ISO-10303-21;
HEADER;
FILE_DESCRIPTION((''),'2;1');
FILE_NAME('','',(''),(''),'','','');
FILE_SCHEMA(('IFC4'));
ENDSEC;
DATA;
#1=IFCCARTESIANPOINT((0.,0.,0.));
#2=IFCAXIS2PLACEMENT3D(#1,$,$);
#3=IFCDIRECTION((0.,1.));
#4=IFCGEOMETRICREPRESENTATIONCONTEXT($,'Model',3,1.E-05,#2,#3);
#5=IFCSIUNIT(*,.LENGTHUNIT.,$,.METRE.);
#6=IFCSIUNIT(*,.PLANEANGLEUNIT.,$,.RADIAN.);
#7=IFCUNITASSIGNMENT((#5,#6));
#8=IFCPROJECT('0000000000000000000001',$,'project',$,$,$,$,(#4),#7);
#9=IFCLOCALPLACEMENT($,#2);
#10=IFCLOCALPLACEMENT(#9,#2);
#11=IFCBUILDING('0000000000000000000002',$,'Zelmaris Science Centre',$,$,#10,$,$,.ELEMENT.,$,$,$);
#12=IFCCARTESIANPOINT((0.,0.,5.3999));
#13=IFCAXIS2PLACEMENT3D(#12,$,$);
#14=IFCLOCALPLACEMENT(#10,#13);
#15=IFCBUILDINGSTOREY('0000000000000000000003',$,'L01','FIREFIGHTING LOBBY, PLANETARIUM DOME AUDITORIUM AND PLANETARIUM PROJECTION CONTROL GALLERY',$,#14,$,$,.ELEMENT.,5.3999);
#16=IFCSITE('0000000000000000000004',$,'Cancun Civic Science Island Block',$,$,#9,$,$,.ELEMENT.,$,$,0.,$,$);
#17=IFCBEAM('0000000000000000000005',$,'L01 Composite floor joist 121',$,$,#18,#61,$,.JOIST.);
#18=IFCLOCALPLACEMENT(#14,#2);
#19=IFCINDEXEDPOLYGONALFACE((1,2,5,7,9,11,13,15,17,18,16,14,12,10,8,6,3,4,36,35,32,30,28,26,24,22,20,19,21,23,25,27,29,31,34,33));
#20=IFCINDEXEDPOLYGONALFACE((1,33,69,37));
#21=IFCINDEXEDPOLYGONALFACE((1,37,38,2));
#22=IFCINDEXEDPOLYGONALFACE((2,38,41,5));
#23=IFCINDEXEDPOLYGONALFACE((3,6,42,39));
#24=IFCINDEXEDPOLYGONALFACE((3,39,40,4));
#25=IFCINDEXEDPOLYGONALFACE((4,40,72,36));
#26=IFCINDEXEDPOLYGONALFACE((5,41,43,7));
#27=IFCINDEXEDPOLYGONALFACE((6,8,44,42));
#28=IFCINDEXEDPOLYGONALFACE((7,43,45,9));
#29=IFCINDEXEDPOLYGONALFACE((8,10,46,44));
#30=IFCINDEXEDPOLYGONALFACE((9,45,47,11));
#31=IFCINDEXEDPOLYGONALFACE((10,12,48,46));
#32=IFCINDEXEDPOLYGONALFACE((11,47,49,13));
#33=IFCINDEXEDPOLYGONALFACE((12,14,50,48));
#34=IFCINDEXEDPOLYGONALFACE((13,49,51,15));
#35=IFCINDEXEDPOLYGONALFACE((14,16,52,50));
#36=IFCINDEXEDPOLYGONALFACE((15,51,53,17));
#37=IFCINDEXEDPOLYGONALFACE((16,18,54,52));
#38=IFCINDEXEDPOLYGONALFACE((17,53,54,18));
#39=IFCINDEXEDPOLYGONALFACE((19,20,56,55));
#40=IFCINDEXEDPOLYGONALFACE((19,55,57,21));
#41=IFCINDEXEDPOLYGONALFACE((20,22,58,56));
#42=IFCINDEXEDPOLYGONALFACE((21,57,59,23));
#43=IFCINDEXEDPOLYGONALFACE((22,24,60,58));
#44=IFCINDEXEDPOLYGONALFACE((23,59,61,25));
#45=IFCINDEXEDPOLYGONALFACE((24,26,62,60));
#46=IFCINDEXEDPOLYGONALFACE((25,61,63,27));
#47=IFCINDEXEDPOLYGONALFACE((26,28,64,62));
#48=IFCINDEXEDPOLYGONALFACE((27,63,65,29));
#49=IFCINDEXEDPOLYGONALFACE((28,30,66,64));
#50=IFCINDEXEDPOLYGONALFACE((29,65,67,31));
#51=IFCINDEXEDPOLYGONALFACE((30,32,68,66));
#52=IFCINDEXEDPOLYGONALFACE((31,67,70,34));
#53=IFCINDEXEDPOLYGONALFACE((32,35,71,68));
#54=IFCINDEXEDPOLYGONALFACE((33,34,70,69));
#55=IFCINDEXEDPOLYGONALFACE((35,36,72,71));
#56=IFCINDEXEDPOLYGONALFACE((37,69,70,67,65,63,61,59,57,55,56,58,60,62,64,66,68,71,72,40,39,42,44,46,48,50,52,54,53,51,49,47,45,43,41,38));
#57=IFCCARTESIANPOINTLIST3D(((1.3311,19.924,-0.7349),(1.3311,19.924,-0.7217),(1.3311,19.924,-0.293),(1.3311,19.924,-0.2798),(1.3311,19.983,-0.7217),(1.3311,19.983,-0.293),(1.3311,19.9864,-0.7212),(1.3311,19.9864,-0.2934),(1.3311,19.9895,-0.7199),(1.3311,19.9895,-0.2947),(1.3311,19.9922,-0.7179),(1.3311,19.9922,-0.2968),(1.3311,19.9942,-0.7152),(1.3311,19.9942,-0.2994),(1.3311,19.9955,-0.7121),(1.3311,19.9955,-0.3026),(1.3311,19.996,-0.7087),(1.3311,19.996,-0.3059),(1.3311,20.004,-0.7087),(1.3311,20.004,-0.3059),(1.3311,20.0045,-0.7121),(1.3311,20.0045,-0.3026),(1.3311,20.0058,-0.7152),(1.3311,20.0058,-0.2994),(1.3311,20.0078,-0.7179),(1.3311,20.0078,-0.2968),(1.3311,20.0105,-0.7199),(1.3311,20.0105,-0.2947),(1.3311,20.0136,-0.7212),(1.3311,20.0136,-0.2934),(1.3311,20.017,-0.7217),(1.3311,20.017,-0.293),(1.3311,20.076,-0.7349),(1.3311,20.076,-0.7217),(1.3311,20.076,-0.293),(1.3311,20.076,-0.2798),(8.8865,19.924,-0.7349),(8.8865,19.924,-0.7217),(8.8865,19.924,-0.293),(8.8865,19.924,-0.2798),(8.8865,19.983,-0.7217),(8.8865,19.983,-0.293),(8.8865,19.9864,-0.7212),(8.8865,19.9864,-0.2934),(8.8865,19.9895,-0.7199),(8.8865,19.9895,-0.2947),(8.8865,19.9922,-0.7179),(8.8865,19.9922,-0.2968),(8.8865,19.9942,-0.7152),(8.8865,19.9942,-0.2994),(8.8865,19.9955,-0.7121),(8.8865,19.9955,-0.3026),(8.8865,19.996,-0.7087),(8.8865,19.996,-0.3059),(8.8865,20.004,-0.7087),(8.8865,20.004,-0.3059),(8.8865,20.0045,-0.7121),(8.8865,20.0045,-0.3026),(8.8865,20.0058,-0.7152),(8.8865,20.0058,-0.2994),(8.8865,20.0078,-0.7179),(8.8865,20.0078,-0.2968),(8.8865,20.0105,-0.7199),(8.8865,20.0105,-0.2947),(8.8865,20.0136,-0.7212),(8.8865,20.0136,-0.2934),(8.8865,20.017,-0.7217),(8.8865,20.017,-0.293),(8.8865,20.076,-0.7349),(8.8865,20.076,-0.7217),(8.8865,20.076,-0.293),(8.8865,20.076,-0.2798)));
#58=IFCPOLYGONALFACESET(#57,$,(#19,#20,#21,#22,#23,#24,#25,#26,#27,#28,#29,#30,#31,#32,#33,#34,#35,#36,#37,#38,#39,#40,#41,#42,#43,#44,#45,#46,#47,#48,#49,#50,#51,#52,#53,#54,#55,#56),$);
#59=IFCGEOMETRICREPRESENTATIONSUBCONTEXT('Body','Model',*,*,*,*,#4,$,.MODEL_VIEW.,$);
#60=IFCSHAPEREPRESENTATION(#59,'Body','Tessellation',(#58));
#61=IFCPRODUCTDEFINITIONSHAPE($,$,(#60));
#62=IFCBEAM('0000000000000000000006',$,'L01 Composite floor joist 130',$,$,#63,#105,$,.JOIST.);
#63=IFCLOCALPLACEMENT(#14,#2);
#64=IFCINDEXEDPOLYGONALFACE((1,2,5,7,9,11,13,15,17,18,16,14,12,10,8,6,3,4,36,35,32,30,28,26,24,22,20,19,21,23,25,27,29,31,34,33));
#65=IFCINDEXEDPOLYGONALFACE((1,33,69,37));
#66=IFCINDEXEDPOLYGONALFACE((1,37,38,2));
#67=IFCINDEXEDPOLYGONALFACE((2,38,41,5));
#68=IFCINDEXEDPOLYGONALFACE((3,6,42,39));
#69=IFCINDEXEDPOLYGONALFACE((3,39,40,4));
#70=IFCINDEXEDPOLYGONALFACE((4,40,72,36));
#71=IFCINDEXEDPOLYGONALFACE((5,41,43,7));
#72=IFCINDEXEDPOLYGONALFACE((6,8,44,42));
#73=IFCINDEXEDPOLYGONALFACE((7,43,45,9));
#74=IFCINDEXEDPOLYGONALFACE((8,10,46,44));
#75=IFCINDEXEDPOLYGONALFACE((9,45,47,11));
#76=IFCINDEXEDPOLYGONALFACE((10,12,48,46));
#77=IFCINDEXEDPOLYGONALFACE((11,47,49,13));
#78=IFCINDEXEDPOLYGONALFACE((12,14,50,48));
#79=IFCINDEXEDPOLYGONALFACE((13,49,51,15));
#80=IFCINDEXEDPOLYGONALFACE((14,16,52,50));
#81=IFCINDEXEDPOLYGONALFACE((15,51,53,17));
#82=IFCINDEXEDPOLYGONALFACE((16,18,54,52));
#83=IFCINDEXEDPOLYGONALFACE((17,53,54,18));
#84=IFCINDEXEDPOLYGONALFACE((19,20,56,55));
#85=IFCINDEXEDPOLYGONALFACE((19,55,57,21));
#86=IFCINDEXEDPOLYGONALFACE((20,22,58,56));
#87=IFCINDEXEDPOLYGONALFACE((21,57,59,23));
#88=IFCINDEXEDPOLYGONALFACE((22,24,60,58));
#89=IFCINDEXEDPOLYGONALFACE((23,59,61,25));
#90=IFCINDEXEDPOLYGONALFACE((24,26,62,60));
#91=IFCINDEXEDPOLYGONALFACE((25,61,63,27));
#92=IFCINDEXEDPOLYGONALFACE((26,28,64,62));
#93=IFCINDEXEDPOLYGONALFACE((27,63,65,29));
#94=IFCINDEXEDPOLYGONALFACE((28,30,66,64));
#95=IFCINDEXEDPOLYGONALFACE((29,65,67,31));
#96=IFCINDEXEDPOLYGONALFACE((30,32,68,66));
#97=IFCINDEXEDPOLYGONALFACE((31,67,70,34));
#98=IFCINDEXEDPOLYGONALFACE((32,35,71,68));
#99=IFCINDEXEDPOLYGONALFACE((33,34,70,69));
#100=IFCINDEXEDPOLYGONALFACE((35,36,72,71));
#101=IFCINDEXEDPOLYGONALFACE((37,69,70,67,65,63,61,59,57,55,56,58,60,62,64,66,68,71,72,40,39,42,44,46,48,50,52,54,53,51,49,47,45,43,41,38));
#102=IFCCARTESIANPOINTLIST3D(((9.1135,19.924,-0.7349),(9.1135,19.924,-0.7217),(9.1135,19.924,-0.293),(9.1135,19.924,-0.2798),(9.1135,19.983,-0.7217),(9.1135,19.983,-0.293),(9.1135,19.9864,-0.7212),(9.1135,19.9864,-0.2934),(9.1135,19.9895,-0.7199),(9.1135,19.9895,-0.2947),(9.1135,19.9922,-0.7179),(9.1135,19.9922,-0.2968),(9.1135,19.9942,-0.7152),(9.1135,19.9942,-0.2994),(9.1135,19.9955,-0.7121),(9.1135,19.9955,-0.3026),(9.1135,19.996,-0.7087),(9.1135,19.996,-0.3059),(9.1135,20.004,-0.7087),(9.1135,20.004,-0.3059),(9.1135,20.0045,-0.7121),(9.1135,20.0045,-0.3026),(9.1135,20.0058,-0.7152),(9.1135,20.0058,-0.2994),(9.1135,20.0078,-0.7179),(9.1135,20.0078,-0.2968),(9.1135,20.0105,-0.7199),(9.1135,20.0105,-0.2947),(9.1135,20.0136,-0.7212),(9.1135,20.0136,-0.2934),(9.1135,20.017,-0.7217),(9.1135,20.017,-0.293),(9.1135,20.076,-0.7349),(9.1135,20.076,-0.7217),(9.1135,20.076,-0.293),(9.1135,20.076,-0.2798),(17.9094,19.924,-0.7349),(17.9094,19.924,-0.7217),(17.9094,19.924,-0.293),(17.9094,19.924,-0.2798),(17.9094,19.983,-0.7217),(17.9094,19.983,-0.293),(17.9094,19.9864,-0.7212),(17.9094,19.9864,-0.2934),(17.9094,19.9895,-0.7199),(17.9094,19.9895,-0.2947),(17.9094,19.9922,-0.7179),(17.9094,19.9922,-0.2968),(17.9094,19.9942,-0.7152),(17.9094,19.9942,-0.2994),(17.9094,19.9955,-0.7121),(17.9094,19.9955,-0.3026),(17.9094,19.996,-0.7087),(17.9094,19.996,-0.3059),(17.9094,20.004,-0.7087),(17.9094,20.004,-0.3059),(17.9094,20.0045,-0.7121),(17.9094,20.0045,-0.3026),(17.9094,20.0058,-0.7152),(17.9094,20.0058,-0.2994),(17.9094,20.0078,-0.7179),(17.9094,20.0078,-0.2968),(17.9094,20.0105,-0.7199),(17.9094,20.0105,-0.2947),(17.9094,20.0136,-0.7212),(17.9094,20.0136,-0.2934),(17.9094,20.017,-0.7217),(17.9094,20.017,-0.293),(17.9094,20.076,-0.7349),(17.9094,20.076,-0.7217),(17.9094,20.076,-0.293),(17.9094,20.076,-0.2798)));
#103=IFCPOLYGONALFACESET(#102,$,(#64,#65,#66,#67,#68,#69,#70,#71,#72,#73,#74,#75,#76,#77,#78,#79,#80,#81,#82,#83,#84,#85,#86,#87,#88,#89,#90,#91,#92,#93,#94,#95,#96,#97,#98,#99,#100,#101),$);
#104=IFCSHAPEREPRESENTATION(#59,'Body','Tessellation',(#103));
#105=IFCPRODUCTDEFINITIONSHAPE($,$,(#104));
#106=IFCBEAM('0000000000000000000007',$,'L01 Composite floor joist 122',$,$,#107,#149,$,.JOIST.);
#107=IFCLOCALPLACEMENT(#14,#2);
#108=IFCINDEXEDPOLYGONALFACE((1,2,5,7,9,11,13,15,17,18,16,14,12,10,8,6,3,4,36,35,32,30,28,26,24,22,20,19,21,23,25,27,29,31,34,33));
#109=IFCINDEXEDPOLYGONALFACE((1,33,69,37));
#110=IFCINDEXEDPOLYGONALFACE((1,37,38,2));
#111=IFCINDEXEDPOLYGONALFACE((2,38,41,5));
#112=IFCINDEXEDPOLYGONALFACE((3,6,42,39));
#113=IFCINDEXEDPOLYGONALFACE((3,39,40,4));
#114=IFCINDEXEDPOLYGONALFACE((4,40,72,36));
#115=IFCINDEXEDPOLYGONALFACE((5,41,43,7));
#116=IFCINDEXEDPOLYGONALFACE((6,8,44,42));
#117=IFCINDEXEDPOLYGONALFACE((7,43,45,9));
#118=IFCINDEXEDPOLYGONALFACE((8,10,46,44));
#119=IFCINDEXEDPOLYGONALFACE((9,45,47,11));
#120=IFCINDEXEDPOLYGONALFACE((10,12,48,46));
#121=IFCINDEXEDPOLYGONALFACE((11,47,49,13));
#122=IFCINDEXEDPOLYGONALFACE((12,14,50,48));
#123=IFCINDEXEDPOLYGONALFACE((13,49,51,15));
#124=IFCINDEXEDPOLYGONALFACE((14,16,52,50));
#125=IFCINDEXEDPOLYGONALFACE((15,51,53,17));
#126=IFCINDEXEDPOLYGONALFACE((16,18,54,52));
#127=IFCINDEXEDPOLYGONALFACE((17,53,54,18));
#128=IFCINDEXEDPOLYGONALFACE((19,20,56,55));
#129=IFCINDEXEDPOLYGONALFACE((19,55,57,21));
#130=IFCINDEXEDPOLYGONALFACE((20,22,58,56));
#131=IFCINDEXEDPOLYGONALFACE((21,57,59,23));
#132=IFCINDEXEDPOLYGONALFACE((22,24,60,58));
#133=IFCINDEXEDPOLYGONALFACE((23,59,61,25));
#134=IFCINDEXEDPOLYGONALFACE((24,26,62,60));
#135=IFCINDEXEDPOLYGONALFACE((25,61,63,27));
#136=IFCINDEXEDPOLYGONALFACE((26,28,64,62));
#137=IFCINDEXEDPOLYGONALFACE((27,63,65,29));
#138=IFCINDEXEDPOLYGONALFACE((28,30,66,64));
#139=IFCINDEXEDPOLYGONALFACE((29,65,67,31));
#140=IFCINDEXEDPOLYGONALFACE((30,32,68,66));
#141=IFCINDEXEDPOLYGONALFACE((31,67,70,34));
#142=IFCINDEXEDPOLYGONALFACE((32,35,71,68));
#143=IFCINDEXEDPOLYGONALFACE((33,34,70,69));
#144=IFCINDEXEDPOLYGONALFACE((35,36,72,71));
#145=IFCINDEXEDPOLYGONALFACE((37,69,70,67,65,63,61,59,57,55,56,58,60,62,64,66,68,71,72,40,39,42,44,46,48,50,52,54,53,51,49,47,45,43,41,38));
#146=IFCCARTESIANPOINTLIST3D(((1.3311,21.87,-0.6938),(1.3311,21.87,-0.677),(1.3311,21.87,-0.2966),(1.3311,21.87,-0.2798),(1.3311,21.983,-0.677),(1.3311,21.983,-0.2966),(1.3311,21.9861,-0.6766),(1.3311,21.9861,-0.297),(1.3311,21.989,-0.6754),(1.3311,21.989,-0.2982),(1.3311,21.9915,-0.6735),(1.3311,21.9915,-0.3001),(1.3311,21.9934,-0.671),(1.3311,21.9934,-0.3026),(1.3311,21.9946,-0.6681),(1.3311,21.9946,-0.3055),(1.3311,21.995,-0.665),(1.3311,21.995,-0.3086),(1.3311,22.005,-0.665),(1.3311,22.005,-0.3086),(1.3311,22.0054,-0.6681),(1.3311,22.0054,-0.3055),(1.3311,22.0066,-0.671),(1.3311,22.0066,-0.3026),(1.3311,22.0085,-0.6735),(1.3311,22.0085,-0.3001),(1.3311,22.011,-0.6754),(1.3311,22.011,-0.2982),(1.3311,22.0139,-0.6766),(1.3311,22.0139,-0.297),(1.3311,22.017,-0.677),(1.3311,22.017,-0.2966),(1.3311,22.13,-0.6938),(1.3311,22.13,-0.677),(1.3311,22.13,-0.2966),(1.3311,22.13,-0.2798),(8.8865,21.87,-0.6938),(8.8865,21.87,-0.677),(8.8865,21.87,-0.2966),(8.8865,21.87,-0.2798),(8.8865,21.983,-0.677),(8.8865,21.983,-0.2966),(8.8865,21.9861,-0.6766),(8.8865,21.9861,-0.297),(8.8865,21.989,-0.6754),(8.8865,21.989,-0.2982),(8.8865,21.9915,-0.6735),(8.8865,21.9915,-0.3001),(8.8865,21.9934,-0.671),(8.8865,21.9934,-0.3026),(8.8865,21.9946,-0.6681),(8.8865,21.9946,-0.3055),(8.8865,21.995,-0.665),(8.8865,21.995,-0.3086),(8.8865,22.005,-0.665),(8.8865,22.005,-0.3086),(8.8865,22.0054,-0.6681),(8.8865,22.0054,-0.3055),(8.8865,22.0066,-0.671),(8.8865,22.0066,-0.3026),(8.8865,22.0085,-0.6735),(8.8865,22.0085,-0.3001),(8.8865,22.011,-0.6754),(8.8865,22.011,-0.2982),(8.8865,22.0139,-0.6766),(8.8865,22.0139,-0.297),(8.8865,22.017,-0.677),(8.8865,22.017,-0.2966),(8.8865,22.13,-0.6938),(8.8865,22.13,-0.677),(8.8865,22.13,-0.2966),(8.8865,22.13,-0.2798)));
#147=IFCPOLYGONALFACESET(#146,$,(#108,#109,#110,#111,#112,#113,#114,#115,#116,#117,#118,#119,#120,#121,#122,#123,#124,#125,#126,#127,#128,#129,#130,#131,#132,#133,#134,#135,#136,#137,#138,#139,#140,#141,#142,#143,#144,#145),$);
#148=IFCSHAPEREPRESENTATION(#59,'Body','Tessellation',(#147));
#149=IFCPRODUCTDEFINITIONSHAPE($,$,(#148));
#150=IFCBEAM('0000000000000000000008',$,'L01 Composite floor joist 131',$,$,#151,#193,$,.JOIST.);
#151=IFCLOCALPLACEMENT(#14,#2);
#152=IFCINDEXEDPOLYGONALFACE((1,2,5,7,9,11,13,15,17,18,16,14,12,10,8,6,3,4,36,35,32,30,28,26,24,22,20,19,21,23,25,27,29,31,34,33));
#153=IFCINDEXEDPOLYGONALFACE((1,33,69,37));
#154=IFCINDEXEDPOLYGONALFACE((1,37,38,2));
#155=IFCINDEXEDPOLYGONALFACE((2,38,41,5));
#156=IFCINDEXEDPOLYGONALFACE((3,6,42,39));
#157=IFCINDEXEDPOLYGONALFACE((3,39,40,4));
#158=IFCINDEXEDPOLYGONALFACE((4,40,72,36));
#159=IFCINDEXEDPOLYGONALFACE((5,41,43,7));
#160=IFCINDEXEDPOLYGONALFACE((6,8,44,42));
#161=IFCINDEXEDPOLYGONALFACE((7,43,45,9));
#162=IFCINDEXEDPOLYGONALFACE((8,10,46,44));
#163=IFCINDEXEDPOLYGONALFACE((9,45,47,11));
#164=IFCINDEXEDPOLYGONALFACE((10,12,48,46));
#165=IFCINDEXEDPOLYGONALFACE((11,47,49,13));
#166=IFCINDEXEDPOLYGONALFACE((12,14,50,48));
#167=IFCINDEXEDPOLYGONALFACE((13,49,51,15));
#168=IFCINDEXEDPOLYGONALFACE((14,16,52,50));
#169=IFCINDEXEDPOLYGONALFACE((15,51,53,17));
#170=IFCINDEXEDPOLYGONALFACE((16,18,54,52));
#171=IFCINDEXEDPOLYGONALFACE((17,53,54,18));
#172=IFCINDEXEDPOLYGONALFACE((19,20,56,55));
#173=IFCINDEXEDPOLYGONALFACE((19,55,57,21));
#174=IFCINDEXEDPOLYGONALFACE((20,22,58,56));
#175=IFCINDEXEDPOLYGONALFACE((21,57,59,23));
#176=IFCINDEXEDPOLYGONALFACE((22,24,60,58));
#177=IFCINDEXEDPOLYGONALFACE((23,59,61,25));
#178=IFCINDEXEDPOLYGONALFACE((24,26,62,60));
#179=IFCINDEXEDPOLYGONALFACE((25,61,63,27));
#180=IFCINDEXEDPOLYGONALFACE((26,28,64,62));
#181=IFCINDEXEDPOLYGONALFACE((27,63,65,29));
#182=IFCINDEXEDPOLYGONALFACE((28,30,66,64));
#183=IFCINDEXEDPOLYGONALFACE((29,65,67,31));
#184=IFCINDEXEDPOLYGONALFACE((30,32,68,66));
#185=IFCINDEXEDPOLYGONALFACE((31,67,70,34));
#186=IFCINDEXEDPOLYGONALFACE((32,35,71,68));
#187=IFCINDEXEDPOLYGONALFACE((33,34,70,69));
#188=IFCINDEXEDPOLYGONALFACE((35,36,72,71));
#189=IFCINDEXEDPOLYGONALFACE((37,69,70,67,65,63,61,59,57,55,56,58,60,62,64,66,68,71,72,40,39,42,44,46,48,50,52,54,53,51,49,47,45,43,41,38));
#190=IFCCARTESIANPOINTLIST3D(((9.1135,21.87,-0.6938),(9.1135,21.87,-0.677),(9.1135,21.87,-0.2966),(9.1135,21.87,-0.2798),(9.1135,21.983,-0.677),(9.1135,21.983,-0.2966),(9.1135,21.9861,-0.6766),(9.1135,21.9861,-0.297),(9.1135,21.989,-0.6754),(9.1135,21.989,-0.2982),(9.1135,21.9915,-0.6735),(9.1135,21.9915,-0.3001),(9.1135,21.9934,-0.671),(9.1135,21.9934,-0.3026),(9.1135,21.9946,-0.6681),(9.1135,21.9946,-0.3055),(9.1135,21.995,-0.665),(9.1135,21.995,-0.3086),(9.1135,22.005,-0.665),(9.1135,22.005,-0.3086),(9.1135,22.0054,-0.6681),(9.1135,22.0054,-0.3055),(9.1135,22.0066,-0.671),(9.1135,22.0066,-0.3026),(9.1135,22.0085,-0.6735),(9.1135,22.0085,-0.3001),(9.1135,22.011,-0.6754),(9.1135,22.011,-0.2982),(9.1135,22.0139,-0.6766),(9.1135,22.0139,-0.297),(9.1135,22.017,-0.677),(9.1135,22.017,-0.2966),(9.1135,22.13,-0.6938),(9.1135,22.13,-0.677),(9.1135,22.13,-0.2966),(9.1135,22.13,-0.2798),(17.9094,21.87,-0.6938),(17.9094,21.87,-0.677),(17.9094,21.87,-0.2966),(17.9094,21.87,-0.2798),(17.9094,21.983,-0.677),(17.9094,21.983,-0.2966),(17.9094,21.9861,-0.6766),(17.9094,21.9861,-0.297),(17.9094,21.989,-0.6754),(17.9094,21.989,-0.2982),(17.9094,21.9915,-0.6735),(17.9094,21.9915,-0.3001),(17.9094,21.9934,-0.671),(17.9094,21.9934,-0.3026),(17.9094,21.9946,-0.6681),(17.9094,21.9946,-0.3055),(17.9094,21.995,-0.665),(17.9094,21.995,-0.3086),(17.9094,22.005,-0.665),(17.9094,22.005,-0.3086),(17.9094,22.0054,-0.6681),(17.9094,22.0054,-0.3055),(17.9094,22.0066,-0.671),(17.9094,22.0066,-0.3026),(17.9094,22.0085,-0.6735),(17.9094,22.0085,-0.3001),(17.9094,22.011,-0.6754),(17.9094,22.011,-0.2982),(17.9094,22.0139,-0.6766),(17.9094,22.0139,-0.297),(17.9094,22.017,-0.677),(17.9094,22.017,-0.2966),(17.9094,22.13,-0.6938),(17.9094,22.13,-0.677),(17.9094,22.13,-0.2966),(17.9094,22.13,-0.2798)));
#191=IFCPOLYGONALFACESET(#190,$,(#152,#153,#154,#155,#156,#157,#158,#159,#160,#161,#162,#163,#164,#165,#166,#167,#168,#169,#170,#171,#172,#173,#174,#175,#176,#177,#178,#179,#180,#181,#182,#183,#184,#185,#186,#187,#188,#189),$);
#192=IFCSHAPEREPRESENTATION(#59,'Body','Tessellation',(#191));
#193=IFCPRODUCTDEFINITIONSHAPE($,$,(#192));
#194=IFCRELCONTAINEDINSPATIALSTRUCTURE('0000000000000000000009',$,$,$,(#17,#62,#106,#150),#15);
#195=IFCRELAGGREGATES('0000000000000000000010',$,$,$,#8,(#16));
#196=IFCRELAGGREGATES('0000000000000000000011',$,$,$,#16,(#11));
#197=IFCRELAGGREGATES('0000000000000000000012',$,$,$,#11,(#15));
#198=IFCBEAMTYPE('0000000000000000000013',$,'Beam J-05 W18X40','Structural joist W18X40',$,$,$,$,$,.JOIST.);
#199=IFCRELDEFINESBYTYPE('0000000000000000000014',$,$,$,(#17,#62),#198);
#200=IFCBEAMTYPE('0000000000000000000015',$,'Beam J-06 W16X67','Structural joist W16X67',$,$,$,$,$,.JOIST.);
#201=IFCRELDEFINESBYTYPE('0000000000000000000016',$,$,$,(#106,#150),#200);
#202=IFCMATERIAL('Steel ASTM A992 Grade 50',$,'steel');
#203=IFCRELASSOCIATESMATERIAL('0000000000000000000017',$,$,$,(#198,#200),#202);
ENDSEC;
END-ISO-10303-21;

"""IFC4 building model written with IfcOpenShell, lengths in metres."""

from ifc_helpers import new_model, si_unit, direction, frame, origin, origin_2d, place, context, subcontext, project, spatial, i_section, extrude, material, material_profile, profile_set, type_object, element, save


model = new_model("IFC4")

# Units and contexts
model_context = context("Model", 3, precision=1e-05, world=origin(), true_north=direction((0.0, 1.0)))
body_context = subcontext(model_context, "Body", "Model", "MODEL_VIEW")
ifc_project = project(units=[si_unit("LENGTHUNIT", "METRE"), si_unit("PLANEANGLEUNIT", "RADIAN")], contexts=[model_context])

# Site, building, storey
site_placement = place(None, origin())
site = spatial("IfcSite", under=ifc_project, at=site_placement, Name="Cancun Civic Science Island Block", CompositionType="ELEMENT", RefElevation=0.0)
building_placement = place(site_placement, origin())
building = spatial("IfcBuilding", under=site, at=building_placement, Name="Zelmaris Science Centre", CompositionType="ELEMENT")
storey_placement = place(building_placement, frame((0.0, 0.0, 5.3999)))
storey = spatial("IfcBuildingStorey", under=building, at=storey_placement, Name="L01", Description="FIREFIGHTING LOBBY, PLANETARIUM DOME AUDITORIUM AND PLANETARIUM PROJECTION CONTROL GALLERY", CompositionType="ELEMENT", Elevation=5.3999)

# Shared definitions
ifc_material_1 = material(Name="Steel ASTM A992 Grade 50", Category="steel")

# Beams
ifc_material_profile_1 = material_profile(ifc_material_1, i_section(OverallWidth=0.1521, OverallDepth=0.4551, WebThickness=0.0081, FlangeThickness=0.0132, FilletRadius=0.0129, at=origin_2d()), Name="W18X40")
ifc_profile_set_1 = profile_set([ifc_material_profile_1], Name="Steel ASTM A992 Grade 50")
beam_type_1 = type_object("IfcBeamType", Name="Beam J-05 W18X40", Description="Structural joist W18X40", PredefinedType="JOIST", material=ifc_profile_set_1)
beam_1_placement = place(storey_placement, frame((1.3311, 20.0, -0.5073), z_axis=(1.0, 0.0, 0.0), x_axis=(0.0, 1.0, 0.0)))
element("IfcBeam", 1, at=beam_1_placement, inside=storey, type_object=beam_type_1, Name="L01 Composite floor joist 121", PredefinedType="JOIST", context=body_context, shape_type="SweptSolid", body=[
    extrude(i_section(OverallWidth=0.1521, OverallDepth=0.4551, WebThickness=0.0081, FlangeThickness=0.0132, FilletRadius=0.0129, at=origin_2d()), origin(), (0.0, 0.0, 1.0), 7.5554),
])
beam_2_placement = place(storey_placement, frame((9.1135, 20.0, -0.5073), z_axis=(1.0, 0.0, 0.0), x_axis=(0.0, 1.0, 0.0)))
element("IfcBeam", 2, at=beam_2_placement, inside=storey, type_object=beam_type_1, Name="L01 Composite floor joist 130", PredefinedType="JOIST", context=body_context, shape_type="SweptSolid", body=[
    extrude(i_section(OverallWidth=0.1521, OverallDepth=0.4551, WebThickness=0.0081, FlangeThickness=0.0132, FilletRadius=0.0129, at=origin_2d()), origin(), (0.0, 0.0, 1.0), 8.7959),
])
ifc_material_profile_2 = material_profile(ifc_material_1, i_section(OverallWidth=0.26, OverallDepth=0.4141, WebThickness=0.01, FlangeThickness=0.0168, FilletRadius=0.012, at=origin_2d()), Name="W16X67")
ifc_profile_set_2 = profile_set([ifc_material_profile_2], Name="Steel ASTM A992 Grade 50")
beam_type_2 = type_object("IfcBeamType", Name="Beam J-06 W16X67", Description="Structural joist W16X67", PredefinedType="JOIST", material=ifc_profile_set_2)
beam_3_placement = place(storey_placement, frame((1.3311, 22.0, -0.4868), z_axis=(1.0, 0.0, 0.0), x_axis=(0.0, 1.0, 0.0)))
element("IfcBeam", 3, at=beam_3_placement, inside=storey, type_object=beam_type_2, Name="L01 Composite floor joist 122", PredefinedType="JOIST", context=body_context, shape_type="SweptSolid", body=[
    extrude(i_section(OverallWidth=0.26, OverallDepth=0.4141, WebThickness=0.01, FlangeThickness=0.0168, FilletRadius=0.012, at=origin_2d()), origin(), (0.0, 0.0, 1.0), 7.5554),
])
beam_4_placement = place(storey_placement, frame((9.1135, 22.0, -0.4868), z_axis=(1.0, 0.0, 0.0), x_axis=(0.0, 1.0, 0.0)))
element("IfcBeam", 4, at=beam_4_placement, inside=storey, type_object=beam_type_2, Name="L01 Composite floor joist 131", PredefinedType="JOIST", context=body_context, shape_type="SweptSolid", body=[
    extrude(i_section(OverallWidth=0.26, OverallDepth=0.4141, WebThickness=0.01, FlangeThickness=0.0168, FilletRadius=0.012, at=origin_2d()), origin(), (0.0, 0.0, 1.0), 8.7959),
])

save(model, "model.ifc")
